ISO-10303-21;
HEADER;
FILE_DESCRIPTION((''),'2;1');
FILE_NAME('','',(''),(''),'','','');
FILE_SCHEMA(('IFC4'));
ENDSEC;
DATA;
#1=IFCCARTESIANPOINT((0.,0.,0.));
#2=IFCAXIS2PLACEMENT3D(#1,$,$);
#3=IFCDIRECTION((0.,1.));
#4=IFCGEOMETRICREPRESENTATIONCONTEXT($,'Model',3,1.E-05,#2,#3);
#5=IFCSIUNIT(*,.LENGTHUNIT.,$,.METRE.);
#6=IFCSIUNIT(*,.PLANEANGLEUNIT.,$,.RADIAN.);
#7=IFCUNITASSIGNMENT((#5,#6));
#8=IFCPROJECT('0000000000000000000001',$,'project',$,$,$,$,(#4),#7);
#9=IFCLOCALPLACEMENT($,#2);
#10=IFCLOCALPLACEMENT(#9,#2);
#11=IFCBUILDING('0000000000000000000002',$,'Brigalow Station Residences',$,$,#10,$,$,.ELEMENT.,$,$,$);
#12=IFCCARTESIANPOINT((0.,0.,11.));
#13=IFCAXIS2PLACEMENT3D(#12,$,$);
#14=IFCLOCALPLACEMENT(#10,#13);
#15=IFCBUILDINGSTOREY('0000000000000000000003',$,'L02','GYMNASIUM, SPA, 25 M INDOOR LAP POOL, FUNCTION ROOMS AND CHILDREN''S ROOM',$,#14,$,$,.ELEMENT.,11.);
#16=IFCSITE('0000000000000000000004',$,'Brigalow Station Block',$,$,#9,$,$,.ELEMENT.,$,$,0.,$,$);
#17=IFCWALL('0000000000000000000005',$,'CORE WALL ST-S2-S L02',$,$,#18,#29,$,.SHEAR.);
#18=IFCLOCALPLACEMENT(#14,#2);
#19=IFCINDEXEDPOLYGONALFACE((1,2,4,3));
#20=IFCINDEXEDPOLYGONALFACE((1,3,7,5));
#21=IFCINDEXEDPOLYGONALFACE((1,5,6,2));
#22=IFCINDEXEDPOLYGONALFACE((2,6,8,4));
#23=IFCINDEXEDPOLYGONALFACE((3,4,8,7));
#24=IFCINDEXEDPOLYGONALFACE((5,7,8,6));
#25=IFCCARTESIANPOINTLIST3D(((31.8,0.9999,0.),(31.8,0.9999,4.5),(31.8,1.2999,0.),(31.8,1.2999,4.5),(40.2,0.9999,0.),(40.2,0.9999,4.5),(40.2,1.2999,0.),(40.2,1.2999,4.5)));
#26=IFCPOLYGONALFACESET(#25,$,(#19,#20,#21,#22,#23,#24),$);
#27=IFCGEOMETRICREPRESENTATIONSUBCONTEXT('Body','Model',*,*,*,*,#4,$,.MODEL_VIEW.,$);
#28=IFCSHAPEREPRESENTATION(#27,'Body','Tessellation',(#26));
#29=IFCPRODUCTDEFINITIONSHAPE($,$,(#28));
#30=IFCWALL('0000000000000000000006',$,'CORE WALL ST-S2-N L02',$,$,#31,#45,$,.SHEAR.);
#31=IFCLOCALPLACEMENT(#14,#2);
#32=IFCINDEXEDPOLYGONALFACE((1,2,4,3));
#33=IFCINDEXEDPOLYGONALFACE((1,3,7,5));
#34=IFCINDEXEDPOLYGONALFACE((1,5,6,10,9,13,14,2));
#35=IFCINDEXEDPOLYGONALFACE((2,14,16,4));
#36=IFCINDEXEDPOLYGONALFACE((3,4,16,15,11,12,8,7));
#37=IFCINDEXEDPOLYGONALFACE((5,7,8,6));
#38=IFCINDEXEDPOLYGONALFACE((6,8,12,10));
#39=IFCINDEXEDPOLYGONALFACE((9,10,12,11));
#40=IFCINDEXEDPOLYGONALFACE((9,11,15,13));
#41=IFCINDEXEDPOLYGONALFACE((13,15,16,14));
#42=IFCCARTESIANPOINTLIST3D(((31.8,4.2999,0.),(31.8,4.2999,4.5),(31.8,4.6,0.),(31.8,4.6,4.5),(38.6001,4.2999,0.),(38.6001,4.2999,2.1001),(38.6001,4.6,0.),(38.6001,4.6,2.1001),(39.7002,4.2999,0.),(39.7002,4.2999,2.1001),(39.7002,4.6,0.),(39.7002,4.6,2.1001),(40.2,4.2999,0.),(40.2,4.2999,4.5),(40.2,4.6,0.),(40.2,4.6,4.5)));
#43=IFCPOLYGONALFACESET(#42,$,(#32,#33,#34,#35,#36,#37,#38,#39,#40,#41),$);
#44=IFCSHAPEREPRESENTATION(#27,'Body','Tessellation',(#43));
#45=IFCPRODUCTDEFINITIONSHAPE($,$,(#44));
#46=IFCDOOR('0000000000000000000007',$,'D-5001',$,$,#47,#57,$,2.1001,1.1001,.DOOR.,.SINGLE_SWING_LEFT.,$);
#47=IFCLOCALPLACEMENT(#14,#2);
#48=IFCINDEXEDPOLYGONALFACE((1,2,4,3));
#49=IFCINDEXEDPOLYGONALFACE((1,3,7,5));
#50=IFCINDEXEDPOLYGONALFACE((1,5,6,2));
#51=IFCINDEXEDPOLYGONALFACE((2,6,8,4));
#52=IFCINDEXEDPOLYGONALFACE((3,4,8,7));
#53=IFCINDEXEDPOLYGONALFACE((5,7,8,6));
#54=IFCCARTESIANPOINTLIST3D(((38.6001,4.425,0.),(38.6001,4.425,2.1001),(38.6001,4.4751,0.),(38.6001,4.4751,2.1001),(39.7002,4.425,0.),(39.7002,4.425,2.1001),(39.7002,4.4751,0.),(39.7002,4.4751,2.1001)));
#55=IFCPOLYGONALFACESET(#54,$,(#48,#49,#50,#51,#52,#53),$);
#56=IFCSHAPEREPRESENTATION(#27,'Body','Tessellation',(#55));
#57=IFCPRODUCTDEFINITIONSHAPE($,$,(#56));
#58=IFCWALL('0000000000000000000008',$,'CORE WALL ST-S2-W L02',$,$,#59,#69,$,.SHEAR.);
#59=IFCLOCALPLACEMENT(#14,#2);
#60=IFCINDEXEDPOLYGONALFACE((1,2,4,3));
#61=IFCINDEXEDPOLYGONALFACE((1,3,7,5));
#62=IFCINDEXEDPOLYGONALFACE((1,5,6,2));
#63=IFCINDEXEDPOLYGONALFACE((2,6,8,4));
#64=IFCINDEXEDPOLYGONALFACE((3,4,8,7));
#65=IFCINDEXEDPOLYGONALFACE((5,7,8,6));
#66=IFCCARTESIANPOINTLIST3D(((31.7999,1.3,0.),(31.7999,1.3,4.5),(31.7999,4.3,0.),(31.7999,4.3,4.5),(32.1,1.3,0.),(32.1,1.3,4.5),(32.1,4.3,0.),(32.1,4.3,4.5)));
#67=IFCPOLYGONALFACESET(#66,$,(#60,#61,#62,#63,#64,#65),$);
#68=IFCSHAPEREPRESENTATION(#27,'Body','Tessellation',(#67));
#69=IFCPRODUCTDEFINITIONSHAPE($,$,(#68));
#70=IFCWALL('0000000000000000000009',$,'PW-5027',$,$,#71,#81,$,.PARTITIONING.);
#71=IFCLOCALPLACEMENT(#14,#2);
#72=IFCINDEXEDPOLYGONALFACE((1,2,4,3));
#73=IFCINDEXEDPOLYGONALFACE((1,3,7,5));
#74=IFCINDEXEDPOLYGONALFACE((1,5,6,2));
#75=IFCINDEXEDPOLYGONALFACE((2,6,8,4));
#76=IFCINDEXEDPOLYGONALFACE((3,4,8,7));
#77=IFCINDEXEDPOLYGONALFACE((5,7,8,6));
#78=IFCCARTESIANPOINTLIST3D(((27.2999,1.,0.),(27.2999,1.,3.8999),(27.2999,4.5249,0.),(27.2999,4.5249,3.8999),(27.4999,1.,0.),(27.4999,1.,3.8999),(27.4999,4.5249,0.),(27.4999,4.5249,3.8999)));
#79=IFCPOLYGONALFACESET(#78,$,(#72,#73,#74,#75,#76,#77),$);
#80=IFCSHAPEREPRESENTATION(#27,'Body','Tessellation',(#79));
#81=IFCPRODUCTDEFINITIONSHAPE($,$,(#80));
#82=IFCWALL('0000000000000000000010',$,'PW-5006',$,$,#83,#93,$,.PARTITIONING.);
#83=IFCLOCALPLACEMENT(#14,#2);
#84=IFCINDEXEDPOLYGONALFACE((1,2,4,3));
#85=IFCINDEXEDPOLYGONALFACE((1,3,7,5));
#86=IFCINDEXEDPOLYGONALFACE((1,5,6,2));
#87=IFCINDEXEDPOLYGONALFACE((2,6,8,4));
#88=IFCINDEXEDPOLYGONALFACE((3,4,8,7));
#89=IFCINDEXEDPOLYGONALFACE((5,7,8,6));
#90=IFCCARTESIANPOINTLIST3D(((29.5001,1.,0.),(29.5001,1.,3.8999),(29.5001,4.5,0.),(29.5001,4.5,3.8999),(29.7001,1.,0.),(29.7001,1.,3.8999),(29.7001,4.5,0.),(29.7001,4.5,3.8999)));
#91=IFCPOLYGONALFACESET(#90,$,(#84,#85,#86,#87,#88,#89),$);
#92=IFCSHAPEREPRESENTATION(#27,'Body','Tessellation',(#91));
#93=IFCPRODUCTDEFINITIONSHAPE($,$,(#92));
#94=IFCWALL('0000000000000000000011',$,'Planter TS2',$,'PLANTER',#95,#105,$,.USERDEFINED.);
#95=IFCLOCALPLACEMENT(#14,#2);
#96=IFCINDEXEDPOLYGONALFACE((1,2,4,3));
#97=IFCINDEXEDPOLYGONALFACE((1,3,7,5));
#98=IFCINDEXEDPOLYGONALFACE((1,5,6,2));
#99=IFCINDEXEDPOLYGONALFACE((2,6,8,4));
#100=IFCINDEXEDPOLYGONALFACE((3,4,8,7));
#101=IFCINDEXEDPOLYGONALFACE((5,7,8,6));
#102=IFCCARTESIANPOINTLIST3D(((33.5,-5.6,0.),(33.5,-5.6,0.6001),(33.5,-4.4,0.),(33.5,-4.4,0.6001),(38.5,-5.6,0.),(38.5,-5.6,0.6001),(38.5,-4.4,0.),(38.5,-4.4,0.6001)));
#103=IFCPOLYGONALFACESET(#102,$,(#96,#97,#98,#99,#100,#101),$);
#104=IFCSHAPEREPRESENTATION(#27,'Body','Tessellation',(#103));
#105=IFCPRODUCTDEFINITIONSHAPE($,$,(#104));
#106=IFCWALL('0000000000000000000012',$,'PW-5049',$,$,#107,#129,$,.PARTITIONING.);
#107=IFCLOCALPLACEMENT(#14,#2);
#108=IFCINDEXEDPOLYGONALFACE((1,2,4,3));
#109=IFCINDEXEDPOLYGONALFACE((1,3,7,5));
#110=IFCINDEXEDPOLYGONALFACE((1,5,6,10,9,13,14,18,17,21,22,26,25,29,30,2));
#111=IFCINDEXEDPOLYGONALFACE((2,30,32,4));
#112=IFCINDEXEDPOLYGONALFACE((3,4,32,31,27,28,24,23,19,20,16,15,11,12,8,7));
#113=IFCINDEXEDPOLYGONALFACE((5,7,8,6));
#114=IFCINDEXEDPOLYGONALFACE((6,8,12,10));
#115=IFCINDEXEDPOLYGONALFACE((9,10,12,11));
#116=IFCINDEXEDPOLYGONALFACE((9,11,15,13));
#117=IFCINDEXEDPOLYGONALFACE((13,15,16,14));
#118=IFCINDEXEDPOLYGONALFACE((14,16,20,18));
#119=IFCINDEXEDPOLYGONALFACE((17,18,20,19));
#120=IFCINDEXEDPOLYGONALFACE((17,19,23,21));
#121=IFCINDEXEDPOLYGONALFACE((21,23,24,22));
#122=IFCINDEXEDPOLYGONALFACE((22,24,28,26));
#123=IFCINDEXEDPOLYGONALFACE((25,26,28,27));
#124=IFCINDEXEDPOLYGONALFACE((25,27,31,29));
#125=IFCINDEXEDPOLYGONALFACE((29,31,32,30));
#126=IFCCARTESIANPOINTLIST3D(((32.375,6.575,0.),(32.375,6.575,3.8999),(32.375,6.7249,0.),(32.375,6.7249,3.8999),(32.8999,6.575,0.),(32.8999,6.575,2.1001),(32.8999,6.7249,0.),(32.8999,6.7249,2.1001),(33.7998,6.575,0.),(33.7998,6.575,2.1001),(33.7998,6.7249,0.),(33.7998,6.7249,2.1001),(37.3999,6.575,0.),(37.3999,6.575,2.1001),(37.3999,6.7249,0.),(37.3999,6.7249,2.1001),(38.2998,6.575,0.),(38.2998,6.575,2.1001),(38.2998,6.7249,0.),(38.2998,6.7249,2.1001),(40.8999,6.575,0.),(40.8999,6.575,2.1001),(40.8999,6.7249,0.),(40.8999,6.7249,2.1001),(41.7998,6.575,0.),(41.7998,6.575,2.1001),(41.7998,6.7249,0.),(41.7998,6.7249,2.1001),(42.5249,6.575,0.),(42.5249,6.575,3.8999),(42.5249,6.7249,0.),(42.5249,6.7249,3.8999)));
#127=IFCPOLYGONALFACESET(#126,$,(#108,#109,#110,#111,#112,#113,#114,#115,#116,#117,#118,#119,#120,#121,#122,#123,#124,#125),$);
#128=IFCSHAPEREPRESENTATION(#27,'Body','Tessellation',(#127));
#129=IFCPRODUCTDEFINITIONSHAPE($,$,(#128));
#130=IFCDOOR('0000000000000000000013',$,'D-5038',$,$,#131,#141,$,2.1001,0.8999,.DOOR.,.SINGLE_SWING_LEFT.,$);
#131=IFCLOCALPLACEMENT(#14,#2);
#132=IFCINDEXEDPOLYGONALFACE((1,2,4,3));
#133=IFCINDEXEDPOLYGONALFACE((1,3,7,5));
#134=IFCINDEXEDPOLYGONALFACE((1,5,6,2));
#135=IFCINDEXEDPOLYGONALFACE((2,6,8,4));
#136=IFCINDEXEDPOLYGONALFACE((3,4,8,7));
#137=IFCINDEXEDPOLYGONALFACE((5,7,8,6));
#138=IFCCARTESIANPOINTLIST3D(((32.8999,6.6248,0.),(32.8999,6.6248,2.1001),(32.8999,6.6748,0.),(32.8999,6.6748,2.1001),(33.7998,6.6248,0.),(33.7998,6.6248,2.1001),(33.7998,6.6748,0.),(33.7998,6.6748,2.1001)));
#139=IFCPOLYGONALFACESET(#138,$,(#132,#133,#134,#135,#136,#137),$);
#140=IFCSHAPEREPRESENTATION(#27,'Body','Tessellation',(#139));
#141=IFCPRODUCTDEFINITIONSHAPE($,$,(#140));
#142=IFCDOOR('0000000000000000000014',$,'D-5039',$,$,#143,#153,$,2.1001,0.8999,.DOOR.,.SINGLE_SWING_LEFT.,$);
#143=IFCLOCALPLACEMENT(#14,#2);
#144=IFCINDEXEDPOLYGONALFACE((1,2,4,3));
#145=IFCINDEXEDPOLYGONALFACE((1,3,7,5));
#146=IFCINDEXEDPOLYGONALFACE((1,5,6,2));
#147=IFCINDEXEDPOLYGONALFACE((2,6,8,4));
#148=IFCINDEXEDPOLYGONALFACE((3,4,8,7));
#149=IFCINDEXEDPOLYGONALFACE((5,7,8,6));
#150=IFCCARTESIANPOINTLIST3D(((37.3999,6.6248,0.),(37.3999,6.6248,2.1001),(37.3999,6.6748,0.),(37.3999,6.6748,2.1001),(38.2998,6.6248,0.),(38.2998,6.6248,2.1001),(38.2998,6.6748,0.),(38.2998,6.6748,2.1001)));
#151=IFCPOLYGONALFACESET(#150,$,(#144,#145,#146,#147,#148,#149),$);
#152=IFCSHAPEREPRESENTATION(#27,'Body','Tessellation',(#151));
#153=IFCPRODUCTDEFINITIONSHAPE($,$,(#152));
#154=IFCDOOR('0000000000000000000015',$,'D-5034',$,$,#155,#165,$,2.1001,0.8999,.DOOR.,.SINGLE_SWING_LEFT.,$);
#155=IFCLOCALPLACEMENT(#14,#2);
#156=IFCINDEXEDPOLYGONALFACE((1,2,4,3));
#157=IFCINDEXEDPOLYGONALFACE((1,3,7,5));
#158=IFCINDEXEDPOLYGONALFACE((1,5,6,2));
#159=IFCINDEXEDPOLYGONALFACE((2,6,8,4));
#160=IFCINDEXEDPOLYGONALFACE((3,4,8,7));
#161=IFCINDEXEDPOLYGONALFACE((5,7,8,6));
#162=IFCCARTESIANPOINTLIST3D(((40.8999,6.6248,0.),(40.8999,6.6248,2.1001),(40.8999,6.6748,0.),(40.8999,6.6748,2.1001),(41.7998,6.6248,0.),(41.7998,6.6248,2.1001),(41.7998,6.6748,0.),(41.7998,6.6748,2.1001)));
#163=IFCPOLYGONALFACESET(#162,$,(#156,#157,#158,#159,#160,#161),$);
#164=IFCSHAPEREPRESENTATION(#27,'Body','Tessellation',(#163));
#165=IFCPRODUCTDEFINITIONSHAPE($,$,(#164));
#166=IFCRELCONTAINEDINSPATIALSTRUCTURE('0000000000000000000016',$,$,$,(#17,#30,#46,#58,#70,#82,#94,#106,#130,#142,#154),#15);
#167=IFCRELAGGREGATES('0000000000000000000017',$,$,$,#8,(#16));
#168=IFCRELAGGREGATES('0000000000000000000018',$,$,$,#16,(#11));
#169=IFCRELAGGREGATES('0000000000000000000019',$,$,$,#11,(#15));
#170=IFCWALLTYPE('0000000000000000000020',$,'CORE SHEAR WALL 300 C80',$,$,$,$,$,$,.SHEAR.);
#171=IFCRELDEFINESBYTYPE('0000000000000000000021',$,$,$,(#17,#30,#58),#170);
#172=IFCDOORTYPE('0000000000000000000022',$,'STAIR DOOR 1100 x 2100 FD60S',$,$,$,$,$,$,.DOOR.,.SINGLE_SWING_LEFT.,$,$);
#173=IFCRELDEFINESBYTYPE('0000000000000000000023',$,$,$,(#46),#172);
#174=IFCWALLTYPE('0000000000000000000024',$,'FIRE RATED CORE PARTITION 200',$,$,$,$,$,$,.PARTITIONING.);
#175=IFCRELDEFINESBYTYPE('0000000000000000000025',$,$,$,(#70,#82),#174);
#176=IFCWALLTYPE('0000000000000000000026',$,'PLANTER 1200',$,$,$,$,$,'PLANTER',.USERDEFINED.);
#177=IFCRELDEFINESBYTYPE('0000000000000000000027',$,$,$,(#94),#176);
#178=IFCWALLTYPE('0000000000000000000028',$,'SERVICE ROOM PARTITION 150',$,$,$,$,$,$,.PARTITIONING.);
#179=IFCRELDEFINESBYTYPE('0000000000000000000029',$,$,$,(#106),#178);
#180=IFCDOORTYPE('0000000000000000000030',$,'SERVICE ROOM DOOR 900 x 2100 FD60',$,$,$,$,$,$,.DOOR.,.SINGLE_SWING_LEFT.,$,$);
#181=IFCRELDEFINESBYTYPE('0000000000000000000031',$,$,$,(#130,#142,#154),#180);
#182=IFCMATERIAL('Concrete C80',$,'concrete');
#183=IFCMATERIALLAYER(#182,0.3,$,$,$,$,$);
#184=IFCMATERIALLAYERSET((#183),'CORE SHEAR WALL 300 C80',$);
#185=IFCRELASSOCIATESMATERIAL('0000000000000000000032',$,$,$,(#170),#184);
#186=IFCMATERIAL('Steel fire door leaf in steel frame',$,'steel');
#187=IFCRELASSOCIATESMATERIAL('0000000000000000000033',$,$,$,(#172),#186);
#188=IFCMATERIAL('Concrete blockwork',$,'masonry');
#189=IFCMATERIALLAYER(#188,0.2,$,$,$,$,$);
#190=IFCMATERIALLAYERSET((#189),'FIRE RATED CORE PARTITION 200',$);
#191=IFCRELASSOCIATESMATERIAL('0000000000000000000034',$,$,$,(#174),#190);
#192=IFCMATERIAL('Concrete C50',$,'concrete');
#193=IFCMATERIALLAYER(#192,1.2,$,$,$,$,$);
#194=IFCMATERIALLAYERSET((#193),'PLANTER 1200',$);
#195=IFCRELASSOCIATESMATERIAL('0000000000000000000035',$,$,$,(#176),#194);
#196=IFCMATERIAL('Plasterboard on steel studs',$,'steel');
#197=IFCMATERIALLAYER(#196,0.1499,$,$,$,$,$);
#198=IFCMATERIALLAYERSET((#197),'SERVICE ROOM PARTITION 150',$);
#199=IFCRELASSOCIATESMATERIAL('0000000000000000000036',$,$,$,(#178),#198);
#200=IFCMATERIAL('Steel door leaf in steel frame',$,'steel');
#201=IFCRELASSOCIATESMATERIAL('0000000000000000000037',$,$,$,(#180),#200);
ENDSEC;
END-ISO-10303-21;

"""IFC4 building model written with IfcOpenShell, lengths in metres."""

from ifc_helpers import new_model, si_unit, direction, frame, frame_2d, origin, place, context, subcontext, project, spatial, rectangle, extrude, material, layer, layer_set, type_object, element, fill, save


model = new_model("IFC4")

# Units and contexts
model_context = context("Model", 3, precision=1e-05, world=origin(), true_north=direction((0.0, 1.0)))
body_context = subcontext(model_context, "Body", "Model", "MODEL_VIEW")
ifc_project = project(units=[si_unit("LENGTHUNIT", "METRE"), si_unit("PLANEANGLEUNIT", "RADIAN")], contexts=[model_context])

# Site, building, storey
site_placement = place(None, origin())
site = spatial("IfcSite", under=ifc_project, at=site_placement, Name="Brigalow Station Block", CompositionType="ELEMENT", RefElevation=0.0)
building_placement = place(site_placement, origin())
building = spatial("IfcBuilding", under=site, at=building_placement, Name="Brigalow Station Residences", CompositionType="ELEMENT")
storey_placement = place(building_placement, frame((0.0, 0.0, 11.0)))
storey = spatial("IfcBuildingStorey", under=building, at=storey_placement, Name="L02", Description="GYMNASIUM, SPA, 25 M INDOOR LAP POOL, FUNCTION ROOMS AND CHILDREN'S ROOM", CompositionType="ELEMENT", Elevation=11.0)

# Wall
ifc_material_1 = material(Name="Concrete C80", Category="concrete")
ifc_layer_1 = layer(ifc_material_1, 0.3)
ifc_layer_set_1 = layer_set([ifc_layer_1], Name="CORE SHEAR WALL 300 C80")
wall_type_1 = type_object("IfcWallType", Name="CORE SHEAR WALL 300 C80", PredefinedType="SHEAR", material=ifc_layer_set_1)
wall_1_placement = place(storey_placement, frame((31.8, 1.1499, 0.0), z_axis=(0.0, 0.0, 1.0), x_axis=(1.0, 0.0, 0.0)))
element("IfcWall", 1, at=wall_1_placement, inside=storey, type_object=wall_type_1, Name="CORE WALL ST-S2-S L02", PredefinedType="SHEAR", context=body_context, shape_type="SweptSolid", body=[
    extrude(rectangle(XDim=8.3999, YDim=0.3, at=frame_2d((4.2, 0.0))), origin(), (0.0, 0.0, 1.0), 4.5),
])

# Wall, opening, door
wall_2_placement = place(storey_placement, frame((31.8, 4.45, 0.0), z_axis=(0.0, 0.0, 1.0), x_axis=(1.0, 0.0, 0.0)))
wall_2 = element("IfcWall", 2, at=wall_2_placement, inside=storey, type_object=wall_type_1, Name="CORE WALL ST-S2-N L02", PredefinedType="SHEAR", context=body_context, shape_type="SweptSolid", body=[
    extrude(rectangle(XDim=8.3999, YDim=0.3, at=frame_2d((4.2, 0.0))), origin(), (0.0, 0.0, 1.0), 4.5),
])
opening_1_placement = place(wall_2_placement, frame((6.8, 0.0, 0.0)))
opening_1 = element("IfcOpeningElement", 3, at=opening_1_placement, cuts=wall_2, PredefinedType="OPENING", context=body_context, shape_type="SweptSolid", body=[
    extrude(rectangle(XDim=1.1001, YDim=2.1001, at=frame_2d((0.55, 1.05))), frame((0.0, 0.1602, 0.0), z_axis=(0.0, -1.0, 0.0), x_axis=(1.0, 0.0, 0.0)), (0.0, 0.0, 1.0), 0.3201),
])
ifc_material_2 = material(Name="Steel fire door leaf in steel frame", Category="steel")
door_type_1 = type_object("IfcDoorType", Name="STAIR DOOR 1100 x 2100 FD60S", OperationType="SINGLE_SWING_LEFT", PredefinedType="DOOR", material=ifc_material_2)
door_1_placement = place(opening_1_placement, frame((1.1001, 0.0, 0.0), z_axis=(0.0, 0.0, 1.0), x_axis=(-1.0, 0.0, 0.0)))
door_1 = element("IfcDoor", 4, at=door_1_placement, inside=storey, type_object=door_type_1, Name="D-5001", OperationType="SINGLE_SWING_LEFT", OverallHeight=2.1001, OverallWidth=1.1001, PredefinedType="DOOR", context=body_context, shape_type="SweptSolid", body=[
    extrude(rectangle(XDim=1.1001, YDim=2.1001, at=frame_2d((0.55, 1.05))), frame((0.0, 0.0249, 0.0), z_axis=(0.0, -1.0, 0.0), x_axis=(1.0, 0.0, 0.0)), (0.0, 0.0, 1.0), 0.05),
])
fill(opening_1, door_1)

# Walls
wall_3_placement = place(storey_placement, frame((31.95, 1.3, 0.0), z_axis=(0.0, 0.0, 1.0), x_axis=(0.0, 1.0, 0.0)))
element("IfcWall", 5, at=wall_3_placement, inside=storey, type_object=wall_type_1, Name="CORE WALL ST-S2-W L02", PredefinedType="SHEAR", context=body_context, shape_type="SweptSolid", body=[
    extrude(rectangle(XDim=3.0, YDim=0.3, at=frame_2d((1.5, 0.0))), origin(), (0.0, 0.0, 1.0), 4.5),
])
ifc_material_3 = material(Name="Concrete blockwork", Category="masonry")
ifc_layer_2 = layer(ifc_material_3, 0.2)
ifc_layer_set_2 = layer_set([ifc_layer_2], Name="FIRE RATED CORE PARTITION 200")
wall_type_2 = type_object("IfcWallType", Name="FIRE RATED CORE PARTITION 200", PredefinedType="PARTITIONING", material=ifc_layer_set_2)
wall_4_placement = place(storey_placement, frame((27.3999, 1.0, 0.0), z_axis=(0.0, 0.0, 1.0), x_axis=(0.0, 1.0, 0.0)))
element("IfcWall", 6, at=wall_4_placement, inside=storey, type_object=wall_type_2, Name="PW-5027", PredefinedType="PARTITIONING", context=body_context, shape_type="SweptSolid", body=[
    extrude(rectangle(XDim=3.5249, YDim=0.2, at=frame_2d((1.7625, 0.0))), origin(), (0.0, 0.0, 1.0), 3.8999),
])
wall_5_placement = place(storey_placement, frame((29.6001, 1.0, 0.0), z_axis=(0.0, 0.0, 1.0), x_axis=(0.0, 1.0, 0.0)))
element("IfcWall", 7, at=wall_5_placement, inside=storey, type_object=wall_type_2, Name="PW-5006", PredefinedType="PARTITIONING", context=body_context, shape_type="SweptSolid", body=[
    extrude(rectangle(XDim=3.5, YDim=0.2, at=frame_2d((1.75, 0.0))), origin(), (0.0, 0.0, 1.0), 3.8999),
])
ifc_material_4 = material(Name="Concrete C50", Category="concrete")
ifc_layer_3 = layer(ifc_material_4, 1.2)
ifc_layer_set_3 = layer_set([ifc_layer_3], Name="PLANTER 1200")
wall_type_3 = type_object("IfcWallType", Name="PLANTER 1200", ElementType="PLANTER", PredefinedType="USERDEFINED", material=ifc_layer_set_3)
wall_6_placement = place(storey_placement, frame((33.5, -5.0, 0.0), z_axis=(0.0, 0.0, 1.0), x_axis=(1.0, 0.0, 0.0)))
element("IfcWall", 8, at=wall_6_placement, inside=storey, type_object=wall_type_3, Name="Planter TS2", ObjectType="PLANTER", PredefinedType="USERDEFINED", context=body_context, shape_type="SweptSolid", body=[
    extrude(rectangle(XDim=5.0, YDim=1.2, at=frame_2d((2.5, 0.0))), origin(), (0.0, 0.0, 1.0), 0.6001),
])

# Wall, openings, doors
ifc_material_5 = material(Name="Plasterboard on steel studs", Category="steel")
ifc_layer_4 = layer(ifc_material_5, 0.1499)
ifc_layer_set_4 = layer_set([ifc_layer_4], Name="SERVICE ROOM PARTITION 150")
wall_type_4 = type_object("IfcWallType", Name="SERVICE ROOM PARTITION 150", PredefinedType="PARTITIONING", material=ifc_layer_set_4)
wall_7_placement = place(storey_placement, frame((32.375, 6.6499, 0.0), z_axis=(0.0, 0.0, 1.0), x_axis=(1.0, 0.0, 0.0)))
wall_7 = element("IfcWall", 9, at=wall_7_placement, inside=storey, type_object=wall_type_4, Name="PW-5049", PredefinedType="PARTITIONING", context=body_context, shape_type="SweptSolid", body=[
    extrude(rectangle(XDim=10.1499, YDim=0.1499, at=frame_2d((5.075, 0.0))), origin(), (0.0, 0.0, 1.0), 3.8999),
])
opening_2_placement = place(wall_7_placement, frame((0.5249, 0.0, 0.0)))
opening_2 = element("IfcOpeningElement", 10, at=opening_2_placement, cuts=wall_7, PredefinedType="OPENING", context=body_context, shape_type="SweptSolid", body=[
    extrude(rectangle(XDim=0.8999, YDim=2.1001, at=frame_2d((0.45, 1.05))), frame((0.0, 0.085, 0.0), z_axis=(0.0, -1.0, 0.0), x_axis=(1.0, 0.0, 0.0)), (0.0, 0.0, 1.0), 0.1699),
])
opening_3_placement = place(wall_7_placement, frame((5.0249, 0.0, 0.0)))
opening_3 = element("IfcOpeningElement", 11, at=opening_3_placement, cuts=wall_7, PredefinedType="OPENING", context=body_context, shape_type="SweptSolid", body=[
    extrude(rectangle(XDim=0.8999, YDim=2.1001, at=frame_2d((0.45, 1.05))), frame((0.0, 0.085, 0.0), z_axis=(0.0, -1.0, 0.0), x_axis=(1.0, 0.0, 0.0)), (0.0, 0.0, 1.0), 0.1699),
])
opening_4_placement = place(wall_7_placement, frame((8.5249, 0.0, 0.0)))
opening_4 = element("IfcOpeningElement", 12, at=opening_4_placement, cuts=wall_7, PredefinedType="OPENING", context=body_context, shape_type="SweptSolid", body=[
    extrude(rectangle(XDim=0.8999, YDim=2.1001, at=frame_2d((0.45, 1.05))), frame((0.0, 0.085, 0.0), z_axis=(0.0, -1.0, 0.0), x_axis=(1.0, 0.0, 0.0)), (0.0, 0.0, 1.0), 0.1699),
])
ifc_material_6 = material(Name="Steel door leaf in steel frame", Category="steel")
door_type_2 = type_object("IfcDoorType", Name="SERVICE ROOM DOOR 900 x 2100 FD60", OperationType="SINGLE_SWING_LEFT", PredefinedType="DOOR", material=ifc_material_6)
door_2_placement = place(opening_2_placement, origin())
door_2 = element("IfcDoor", 13, at=door_2_placement, inside=storey, type_object=door_type_2, Name="D-5038", OperationType="SINGLE_SWING_LEFT", OverallHeight=2.1001, OverallWidth=0.8999, PredefinedType="DOOR", context=body_context, shape_type="SweptSolid", body=[
    extrude(rectangle(XDim=0.8999, YDim=2.1001, at=frame_2d((0.45, 1.05))), frame((0.0, 0.0249, 0.0), z_axis=(0.0, -1.0, 0.0), x_axis=(1.0, 0.0, 0.0)), (0.0, 0.0, 1.0), 0.05),
])
fill(opening_2, door_2)
door_3_placement = place(opening_3_placement, origin())
door_3 = element("IfcDoor", 14, at=door_3_placement, inside=storey, type_object=door_type_2, Name="D-5039", OperationType="SINGLE_SWING_LEFT", OverallHeight=2.1001, OverallWidth=0.8999, PredefinedType="DOOR", context=body_context, shape_type="SweptSolid", body=[
    extrude(rectangle(XDim=0.8999, YDim=2.1001, at=frame_2d((0.45, 1.05))), frame((0.0, 0.0249, 0.0), z_axis=(0.0, -1.0, 0.0), x_axis=(1.0, 0.0, 0.0)), (0.0, 0.0, 1.0), 0.05),
])
fill(opening_3, door_3)
door_4_placement = place(opening_4_placement, origin())
door_4 = element("IfcDoor", 15, at=door_4_placement, inside=storey, type_object=door_type_2, Name="D-5034", OperationType="SINGLE_SWING_LEFT", OverallHeight=2.1001, OverallWidth=0.8999, PredefinedType="DOOR", context=body_context, shape_type="SweptSolid", body=[
    extrude(rectangle(XDim=0.8999, YDim=2.1001, at=frame_2d((0.45, 1.05))), frame((0.0, 0.0249, 0.0), z_axis=(0.0, -1.0, 0.0), x_axis=(1.0, 0.0, 0.0)), (0.0, 0.0, 1.0), 0.05),
])
fill(opening_4, door_4)

save(model, "model.ifc")
